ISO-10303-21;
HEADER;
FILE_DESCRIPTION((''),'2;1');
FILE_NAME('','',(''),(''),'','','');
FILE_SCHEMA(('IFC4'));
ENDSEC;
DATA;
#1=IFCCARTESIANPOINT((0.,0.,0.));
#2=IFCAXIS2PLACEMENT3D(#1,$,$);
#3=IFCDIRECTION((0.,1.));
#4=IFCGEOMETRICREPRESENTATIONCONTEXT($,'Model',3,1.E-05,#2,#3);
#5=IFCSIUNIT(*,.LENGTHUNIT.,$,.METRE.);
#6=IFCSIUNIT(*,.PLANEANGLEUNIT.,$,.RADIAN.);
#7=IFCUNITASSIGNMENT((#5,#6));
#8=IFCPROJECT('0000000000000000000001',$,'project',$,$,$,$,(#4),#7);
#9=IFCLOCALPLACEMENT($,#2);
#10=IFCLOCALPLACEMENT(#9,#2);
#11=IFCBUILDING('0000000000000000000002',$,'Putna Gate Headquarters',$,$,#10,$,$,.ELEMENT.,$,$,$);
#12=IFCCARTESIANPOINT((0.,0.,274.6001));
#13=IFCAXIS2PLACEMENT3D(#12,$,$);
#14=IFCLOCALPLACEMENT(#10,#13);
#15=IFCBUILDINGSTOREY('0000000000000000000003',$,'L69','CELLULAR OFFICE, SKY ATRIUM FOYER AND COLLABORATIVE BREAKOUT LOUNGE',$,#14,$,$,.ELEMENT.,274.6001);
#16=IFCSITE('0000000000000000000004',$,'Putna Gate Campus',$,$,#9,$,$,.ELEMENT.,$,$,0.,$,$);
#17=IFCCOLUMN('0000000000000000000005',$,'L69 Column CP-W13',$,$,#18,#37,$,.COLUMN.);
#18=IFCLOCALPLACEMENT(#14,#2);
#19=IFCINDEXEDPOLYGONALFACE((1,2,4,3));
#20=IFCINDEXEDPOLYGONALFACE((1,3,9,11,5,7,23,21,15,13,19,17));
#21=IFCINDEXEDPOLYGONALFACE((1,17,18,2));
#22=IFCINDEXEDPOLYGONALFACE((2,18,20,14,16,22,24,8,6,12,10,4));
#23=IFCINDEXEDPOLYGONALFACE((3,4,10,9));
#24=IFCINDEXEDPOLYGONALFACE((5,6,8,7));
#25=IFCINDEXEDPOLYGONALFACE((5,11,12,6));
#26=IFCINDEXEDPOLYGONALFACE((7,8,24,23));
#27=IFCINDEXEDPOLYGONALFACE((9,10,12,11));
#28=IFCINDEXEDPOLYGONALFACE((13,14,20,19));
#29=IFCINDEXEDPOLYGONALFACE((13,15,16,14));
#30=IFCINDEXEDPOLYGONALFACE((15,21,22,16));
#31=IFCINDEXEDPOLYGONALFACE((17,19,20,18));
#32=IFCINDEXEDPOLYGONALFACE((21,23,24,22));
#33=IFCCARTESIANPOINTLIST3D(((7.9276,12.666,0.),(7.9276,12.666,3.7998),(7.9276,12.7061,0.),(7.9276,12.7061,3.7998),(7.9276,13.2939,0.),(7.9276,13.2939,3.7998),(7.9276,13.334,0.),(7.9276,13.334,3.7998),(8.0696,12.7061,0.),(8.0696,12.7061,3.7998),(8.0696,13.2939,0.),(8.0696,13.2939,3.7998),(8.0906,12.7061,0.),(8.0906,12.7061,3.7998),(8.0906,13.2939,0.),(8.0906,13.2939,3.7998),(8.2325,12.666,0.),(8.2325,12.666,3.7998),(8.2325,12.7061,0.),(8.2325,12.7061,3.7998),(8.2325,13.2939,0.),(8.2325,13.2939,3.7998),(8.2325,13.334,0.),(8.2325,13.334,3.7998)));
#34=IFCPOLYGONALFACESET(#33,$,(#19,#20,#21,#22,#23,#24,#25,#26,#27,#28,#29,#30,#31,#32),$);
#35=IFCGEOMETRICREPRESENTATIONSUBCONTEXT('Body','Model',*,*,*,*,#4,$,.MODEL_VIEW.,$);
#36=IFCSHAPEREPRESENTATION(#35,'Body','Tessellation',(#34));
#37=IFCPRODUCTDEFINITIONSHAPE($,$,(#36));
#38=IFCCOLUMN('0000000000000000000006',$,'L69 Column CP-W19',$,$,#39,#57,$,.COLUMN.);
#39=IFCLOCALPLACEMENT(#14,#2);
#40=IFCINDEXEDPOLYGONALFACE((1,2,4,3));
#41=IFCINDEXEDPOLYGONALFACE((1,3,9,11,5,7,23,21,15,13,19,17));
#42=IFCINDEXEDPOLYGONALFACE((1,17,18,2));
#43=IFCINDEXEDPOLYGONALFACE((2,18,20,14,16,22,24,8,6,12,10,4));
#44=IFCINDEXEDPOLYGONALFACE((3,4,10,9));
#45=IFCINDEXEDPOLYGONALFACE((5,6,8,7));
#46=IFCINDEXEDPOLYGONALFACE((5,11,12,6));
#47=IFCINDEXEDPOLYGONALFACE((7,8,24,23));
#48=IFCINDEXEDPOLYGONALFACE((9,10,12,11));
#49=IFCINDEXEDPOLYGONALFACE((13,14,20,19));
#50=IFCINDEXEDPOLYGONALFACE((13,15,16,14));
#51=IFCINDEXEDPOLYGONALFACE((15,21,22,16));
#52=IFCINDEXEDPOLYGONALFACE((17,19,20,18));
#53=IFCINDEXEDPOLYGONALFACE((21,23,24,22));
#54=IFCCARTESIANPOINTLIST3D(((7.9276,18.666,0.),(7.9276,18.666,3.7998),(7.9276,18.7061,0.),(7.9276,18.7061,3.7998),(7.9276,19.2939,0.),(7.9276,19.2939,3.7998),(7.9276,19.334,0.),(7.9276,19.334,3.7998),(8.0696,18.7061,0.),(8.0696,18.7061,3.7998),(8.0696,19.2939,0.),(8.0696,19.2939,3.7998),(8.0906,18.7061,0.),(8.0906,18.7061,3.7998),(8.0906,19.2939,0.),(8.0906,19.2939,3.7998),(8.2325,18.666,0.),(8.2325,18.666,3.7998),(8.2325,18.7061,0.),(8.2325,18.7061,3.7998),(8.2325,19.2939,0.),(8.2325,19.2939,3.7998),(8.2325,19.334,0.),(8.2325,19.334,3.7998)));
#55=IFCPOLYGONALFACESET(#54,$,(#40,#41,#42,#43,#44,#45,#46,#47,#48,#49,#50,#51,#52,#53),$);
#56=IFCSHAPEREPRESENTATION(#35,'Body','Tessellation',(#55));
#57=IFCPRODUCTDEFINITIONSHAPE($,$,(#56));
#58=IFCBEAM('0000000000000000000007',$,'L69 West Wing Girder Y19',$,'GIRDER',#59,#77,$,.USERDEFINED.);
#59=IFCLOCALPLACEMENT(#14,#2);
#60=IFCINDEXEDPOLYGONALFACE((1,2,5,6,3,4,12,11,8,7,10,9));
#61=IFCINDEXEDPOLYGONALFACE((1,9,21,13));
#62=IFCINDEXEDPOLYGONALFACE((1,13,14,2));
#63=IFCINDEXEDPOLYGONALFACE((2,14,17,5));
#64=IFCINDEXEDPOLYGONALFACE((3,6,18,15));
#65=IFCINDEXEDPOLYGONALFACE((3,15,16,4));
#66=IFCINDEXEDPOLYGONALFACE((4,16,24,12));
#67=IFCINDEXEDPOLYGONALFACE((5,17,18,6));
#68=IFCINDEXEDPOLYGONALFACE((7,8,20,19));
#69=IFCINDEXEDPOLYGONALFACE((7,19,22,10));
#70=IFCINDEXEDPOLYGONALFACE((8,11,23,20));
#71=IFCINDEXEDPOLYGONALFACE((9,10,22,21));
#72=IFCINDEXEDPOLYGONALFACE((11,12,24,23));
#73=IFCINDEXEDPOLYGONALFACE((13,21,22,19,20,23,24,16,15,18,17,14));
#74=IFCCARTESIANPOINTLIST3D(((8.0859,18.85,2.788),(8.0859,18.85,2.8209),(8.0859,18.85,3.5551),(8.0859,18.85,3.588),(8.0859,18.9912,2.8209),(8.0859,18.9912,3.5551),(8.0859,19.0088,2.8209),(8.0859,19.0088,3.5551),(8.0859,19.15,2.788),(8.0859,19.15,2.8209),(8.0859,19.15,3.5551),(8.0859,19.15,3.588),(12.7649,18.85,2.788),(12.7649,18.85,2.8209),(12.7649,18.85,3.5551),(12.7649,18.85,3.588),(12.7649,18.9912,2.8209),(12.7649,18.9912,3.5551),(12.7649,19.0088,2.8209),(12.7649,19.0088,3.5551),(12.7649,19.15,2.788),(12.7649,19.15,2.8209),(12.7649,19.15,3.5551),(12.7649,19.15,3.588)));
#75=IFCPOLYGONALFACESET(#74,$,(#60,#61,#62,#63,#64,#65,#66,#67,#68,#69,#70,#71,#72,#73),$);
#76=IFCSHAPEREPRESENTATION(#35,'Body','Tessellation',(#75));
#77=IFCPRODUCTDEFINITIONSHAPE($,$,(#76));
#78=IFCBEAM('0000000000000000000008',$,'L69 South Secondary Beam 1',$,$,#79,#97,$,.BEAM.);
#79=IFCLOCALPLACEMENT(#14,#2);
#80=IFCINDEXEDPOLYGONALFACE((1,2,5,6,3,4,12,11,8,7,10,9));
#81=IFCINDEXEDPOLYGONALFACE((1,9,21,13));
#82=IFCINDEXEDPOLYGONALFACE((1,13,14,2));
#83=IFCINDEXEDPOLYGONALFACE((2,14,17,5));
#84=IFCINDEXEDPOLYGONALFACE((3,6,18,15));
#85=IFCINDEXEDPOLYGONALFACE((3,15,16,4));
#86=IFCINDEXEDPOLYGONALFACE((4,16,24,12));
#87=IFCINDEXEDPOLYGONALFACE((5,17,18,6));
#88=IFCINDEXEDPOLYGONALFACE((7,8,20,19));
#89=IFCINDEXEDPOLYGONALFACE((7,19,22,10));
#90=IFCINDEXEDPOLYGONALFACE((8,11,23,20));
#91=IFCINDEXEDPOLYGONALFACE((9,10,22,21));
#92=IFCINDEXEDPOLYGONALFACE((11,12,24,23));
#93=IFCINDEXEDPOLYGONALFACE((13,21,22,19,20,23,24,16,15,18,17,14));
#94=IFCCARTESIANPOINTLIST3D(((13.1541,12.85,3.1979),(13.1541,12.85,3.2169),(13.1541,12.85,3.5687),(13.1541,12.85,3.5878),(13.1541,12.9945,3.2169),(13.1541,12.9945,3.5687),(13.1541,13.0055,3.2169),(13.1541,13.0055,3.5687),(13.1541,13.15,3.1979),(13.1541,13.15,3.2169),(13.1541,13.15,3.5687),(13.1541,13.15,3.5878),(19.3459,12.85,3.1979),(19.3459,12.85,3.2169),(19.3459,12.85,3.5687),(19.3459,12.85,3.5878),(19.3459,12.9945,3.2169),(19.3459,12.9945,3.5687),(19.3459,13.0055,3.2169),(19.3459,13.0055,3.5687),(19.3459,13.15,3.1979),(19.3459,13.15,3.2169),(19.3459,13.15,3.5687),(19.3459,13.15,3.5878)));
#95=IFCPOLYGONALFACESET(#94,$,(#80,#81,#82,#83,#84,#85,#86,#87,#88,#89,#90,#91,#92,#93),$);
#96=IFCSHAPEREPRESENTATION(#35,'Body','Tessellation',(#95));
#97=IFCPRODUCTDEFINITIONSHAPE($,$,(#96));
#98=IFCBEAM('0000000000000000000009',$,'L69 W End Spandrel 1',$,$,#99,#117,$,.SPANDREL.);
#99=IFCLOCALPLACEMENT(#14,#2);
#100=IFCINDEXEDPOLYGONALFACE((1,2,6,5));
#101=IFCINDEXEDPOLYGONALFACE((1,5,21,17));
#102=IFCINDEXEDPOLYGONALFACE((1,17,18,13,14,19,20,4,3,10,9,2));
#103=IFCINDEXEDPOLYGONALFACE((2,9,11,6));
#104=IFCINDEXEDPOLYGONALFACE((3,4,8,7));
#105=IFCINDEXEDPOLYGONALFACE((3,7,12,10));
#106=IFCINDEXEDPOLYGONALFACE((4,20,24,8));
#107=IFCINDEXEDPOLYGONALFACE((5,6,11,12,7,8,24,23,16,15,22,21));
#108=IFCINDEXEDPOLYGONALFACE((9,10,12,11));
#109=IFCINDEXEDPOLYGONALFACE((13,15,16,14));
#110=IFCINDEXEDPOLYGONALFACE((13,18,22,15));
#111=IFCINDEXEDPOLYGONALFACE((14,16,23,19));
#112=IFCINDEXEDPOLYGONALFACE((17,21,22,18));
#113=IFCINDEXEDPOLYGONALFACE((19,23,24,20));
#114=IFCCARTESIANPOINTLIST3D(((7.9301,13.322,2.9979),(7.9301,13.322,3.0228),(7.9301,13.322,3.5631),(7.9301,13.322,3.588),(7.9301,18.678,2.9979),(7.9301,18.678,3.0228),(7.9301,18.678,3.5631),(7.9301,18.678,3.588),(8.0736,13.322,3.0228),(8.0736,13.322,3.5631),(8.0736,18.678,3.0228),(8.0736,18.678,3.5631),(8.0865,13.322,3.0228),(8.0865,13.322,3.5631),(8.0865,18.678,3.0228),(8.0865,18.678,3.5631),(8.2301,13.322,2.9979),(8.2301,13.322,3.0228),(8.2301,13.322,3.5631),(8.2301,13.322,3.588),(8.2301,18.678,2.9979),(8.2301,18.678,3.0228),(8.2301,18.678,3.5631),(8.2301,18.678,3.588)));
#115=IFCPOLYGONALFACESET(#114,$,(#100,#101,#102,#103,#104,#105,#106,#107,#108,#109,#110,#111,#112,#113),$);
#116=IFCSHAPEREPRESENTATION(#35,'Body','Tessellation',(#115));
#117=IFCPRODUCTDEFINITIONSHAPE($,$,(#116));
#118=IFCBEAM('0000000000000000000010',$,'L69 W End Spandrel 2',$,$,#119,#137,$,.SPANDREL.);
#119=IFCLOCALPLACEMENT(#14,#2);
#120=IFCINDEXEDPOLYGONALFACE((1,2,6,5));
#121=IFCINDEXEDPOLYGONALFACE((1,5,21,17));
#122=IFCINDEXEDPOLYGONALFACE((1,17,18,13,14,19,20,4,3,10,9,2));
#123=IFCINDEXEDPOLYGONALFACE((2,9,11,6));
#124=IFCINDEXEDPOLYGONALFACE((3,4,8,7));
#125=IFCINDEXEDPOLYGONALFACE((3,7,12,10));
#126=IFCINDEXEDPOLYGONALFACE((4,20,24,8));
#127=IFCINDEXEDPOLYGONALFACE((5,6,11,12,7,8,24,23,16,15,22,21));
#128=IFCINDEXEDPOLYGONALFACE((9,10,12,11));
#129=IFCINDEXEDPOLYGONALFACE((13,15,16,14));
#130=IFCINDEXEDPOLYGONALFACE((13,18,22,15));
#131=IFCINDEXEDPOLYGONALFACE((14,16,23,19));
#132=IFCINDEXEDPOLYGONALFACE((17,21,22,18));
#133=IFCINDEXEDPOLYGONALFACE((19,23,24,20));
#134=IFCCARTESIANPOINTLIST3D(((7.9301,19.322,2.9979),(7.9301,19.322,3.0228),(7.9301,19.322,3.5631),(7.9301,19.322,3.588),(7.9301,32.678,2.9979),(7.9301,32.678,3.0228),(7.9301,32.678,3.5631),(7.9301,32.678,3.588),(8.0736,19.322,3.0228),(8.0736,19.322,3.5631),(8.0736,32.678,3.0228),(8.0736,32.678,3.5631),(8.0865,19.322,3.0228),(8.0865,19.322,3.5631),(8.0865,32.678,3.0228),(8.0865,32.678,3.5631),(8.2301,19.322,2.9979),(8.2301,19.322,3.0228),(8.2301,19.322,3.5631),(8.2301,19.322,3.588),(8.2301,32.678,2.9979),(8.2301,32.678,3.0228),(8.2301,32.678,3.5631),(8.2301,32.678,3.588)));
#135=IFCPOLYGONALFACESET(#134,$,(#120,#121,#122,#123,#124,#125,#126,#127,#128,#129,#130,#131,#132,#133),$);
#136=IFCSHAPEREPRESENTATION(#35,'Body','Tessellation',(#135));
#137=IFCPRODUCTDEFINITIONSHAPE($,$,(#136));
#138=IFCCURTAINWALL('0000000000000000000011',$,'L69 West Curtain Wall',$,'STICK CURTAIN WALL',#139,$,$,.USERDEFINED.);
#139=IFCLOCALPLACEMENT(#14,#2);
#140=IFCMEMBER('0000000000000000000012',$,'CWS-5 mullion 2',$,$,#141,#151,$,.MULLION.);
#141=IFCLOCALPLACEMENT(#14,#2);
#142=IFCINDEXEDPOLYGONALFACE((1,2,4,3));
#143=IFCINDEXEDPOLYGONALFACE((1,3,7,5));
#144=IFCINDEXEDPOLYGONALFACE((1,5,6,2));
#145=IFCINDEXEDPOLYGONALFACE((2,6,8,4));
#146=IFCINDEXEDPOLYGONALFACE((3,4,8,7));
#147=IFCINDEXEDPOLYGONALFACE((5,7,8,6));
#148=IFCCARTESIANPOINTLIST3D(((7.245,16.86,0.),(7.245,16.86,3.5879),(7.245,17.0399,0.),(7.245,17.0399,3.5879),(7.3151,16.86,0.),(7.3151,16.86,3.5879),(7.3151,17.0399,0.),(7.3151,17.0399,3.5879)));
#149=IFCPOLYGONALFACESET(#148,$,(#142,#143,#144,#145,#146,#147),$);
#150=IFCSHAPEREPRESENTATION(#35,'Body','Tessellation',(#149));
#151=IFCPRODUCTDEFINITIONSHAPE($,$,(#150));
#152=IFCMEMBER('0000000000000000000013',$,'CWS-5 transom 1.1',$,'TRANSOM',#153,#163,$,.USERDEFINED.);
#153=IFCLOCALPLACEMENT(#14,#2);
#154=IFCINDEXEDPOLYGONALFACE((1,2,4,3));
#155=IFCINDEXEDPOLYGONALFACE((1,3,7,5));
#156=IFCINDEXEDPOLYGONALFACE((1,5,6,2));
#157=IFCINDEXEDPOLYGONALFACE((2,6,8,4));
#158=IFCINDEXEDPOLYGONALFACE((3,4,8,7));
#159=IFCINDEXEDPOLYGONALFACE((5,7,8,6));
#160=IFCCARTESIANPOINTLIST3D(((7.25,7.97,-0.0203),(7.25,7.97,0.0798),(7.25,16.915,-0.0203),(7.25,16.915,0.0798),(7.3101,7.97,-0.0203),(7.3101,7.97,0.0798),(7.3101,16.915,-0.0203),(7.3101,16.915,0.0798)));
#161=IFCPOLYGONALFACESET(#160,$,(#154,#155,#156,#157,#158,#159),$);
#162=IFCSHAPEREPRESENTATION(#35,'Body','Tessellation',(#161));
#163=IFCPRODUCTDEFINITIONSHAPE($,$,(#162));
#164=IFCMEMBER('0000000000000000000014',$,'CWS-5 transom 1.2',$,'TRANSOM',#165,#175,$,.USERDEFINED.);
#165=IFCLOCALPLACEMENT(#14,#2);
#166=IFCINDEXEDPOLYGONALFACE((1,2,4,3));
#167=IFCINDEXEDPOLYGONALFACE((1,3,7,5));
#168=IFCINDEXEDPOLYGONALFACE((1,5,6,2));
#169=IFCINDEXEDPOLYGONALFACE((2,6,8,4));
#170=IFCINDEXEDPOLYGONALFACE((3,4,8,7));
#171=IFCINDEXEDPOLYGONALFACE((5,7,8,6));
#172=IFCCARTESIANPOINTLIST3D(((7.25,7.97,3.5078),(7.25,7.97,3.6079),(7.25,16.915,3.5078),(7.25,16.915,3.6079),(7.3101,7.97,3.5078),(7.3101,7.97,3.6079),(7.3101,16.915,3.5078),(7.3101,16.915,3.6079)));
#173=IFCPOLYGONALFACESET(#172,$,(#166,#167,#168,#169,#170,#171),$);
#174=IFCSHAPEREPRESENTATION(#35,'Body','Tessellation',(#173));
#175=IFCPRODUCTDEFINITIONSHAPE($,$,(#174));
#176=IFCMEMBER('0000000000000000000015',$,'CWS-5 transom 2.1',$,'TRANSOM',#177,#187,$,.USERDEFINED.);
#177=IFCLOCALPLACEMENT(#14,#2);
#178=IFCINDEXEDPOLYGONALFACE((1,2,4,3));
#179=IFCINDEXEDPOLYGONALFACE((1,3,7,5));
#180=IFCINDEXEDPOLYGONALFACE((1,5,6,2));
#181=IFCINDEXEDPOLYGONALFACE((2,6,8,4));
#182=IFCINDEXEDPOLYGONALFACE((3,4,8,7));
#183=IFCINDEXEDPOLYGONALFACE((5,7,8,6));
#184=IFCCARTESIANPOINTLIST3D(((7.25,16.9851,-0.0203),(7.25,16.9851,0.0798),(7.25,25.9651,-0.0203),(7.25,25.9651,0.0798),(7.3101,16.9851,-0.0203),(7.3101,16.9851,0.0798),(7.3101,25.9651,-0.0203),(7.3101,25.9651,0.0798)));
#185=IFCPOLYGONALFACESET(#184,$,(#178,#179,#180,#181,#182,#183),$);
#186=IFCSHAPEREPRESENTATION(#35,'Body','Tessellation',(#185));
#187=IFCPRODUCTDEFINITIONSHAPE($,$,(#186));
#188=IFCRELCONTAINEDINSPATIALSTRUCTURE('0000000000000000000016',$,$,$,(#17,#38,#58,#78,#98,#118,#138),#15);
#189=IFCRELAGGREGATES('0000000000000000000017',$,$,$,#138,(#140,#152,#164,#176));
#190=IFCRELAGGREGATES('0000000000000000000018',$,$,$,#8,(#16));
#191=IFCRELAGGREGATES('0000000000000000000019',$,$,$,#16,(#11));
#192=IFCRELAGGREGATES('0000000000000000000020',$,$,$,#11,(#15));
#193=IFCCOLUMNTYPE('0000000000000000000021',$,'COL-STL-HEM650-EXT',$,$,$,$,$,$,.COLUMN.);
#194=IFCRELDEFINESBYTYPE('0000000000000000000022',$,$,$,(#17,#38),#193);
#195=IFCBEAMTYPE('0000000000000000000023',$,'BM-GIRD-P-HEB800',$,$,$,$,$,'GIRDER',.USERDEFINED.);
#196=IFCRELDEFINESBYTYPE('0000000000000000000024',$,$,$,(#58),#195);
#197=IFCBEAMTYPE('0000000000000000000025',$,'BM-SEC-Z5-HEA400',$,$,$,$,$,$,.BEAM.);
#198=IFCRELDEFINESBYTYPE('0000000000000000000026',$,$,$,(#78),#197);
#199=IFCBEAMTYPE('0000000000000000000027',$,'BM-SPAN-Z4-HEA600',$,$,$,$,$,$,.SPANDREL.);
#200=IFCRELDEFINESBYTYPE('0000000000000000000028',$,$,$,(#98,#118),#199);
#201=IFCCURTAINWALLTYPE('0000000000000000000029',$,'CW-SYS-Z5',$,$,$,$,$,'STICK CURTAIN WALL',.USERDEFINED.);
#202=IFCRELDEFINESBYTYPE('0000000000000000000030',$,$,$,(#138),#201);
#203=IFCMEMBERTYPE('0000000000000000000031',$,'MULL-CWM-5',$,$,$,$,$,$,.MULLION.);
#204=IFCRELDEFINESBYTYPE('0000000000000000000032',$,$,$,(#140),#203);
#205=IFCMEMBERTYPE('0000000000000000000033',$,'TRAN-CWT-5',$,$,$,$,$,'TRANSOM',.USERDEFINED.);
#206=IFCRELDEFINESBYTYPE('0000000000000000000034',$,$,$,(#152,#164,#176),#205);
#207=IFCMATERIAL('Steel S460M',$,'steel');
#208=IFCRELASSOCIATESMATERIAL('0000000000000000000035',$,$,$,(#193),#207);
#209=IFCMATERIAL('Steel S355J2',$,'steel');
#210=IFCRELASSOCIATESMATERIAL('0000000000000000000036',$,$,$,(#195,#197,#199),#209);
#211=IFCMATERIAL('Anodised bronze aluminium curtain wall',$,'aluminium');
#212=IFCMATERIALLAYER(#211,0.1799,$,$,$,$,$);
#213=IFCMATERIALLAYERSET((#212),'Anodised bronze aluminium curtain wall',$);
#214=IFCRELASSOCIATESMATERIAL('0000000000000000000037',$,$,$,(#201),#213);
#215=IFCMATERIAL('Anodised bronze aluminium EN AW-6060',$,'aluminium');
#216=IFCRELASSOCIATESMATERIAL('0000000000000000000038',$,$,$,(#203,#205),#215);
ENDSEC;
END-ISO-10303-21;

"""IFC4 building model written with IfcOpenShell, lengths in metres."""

from ifc_helpers import new_model, si_unit, direction, frame, origin, origin_2d, place, context, subcontext, project, spatial, rectangle, i_section, extrude, material, layer, layer_set, material_profile, profile_set, type_object, element, aggregate, save


model = new_model("IFC4")

# Units and contexts
model_context = context("Model", 3, precision=1e-05, world=origin(), true_north=direction((0.0, 1.0)))
body_context = subcontext(model_context, "Body", "Model", "MODEL_VIEW")
ifc_project = project(units=[si_unit("LENGTHUNIT", "METRE"), si_unit("PLANEANGLEUNIT", "RADIAN")], contexts=[model_context])

# Site, building, storey
site_placement = place(None, origin())
site = spatial("IfcSite", under=ifc_project, at=site_placement, Name="Putna Gate Campus", CompositionType="ELEMENT", RefElevation=0.0)
building_placement = place(site_placement, origin())
building = spatial("IfcBuilding", under=site, at=building_placement, Name="Putna Gate Headquarters", CompositionType="ELEMENT")
storey_placement = place(building_placement, frame((0.0, 0.0, 274.6001)))
storey = spatial("IfcBuildingStorey", under=building, at=storey_placement, Name="L69", Description="CELLULAR OFFICE, SKY ATRIUM FOYER AND COLLABORATIVE BREAKOUT LOUNGE", CompositionType="ELEMENT", Elevation=274.6001)

# Columns
ifc_material_1 = material(Name="Steel S460M", Category="steel")
ifc_material_profile_1 = material_profile(ifc_material_1, i_section(OverallWidth=0.3049, OverallDepth=0.668, WebThickness=0.021, FlangeThickness=0.04, at=origin_2d()), Name="Steel S460M")
ifc_profile_set_1 = profile_set([ifc_material_profile_1], Name="Steel S460M")
column_type = type_object("IfcColumnType", Name="COL-STL-HEM650-EXT", PredefinedType="COLUMN", material=ifc_profile_set_1)
for number, where, z_axis, x_axis, name in (
    (1, (8.0801, 13.0, 0.0), (0.0, 0.0, 1.0), (1.0, 0.0, 0.0), "L69 Column CP-W13"),
    (2, (8.0801, 19.0, 0.0), (0.0, 0.0, 1.0), (1.0, 0.0, 0.0), "L69 Column CP-W19"),
):
    element("IfcColumn", number, at=place(storey_placement, frame(where, z_axis=z_axis, x_axis=x_axis)), inside=storey, type_object=column_type, Name=name, PredefinedType="COLUMN", context=body_context, shape_type="SweptSolid", body=[
        extrude(i_section(OverallWidth=0.3049, OverallDepth=0.668, WebThickness=0.021, FlangeThickness=0.04, at=origin_2d()), origin(), (0.0, 0.0, 1.0), 3.7998),
    ])

# Beams
ifc_material_2 = material(Name="Steel S355J2", Category="steel")
ifc_material_profile_2 = material_profile(ifc_material_2, i_section(OverallWidth=0.3, OverallDepth=0.8, WebThickness=0.0176, FlangeThickness=0.033, at=origin_2d()), Name="Steel S355J2")
ifc_profile_set_2 = profile_set([ifc_material_profile_2], Name="Steel S355J2")
beam_type_1 = type_object("IfcBeamType", Name="BM-GIRD-P-HEB800", ElementType="GIRDER", PredefinedType="USERDEFINED", material=ifc_profile_set_2)
beam_1_placement = place(storey_placement, frame((8.0859, 19.0, 3.188), z_axis=(1.0, 0.0, 0.0), x_axis=(0.0, 1.0, 0.0)))
element("IfcBeam", 3, at=beam_1_placement, inside=storey, type_object=beam_type_1, Name="L69 West Wing Girder Y19", ObjectType="GIRDER", PredefinedType="USERDEFINED", context=body_context, shape_type="SweptSolid", body=[
    extrude(i_section(OverallWidth=0.3, OverallDepth=0.8, WebThickness=0.0176, FlangeThickness=0.033, at=origin_2d()), origin(), (0.0, 0.0, 1.0), 4.679),
])
ifc_material_profile_3 = material_profile(ifc_material_2, i_section(OverallWidth=0.3, OverallDepth=0.3899, WebThickness=0.011, FlangeThickness=0.019, at=origin_2d()), Name="Steel S355J2")
ifc_profile_set_3 = profile_set([ifc_material_profile_3], Name="Steel S355J2")
beam_type_2 = type_object("IfcBeamType", Name="BM-SEC-Z5-HEA400", PredefinedType="BEAM", material=ifc_profile_set_3)
beam_2_placement = place(storey_placement, frame((13.1541, 13.0, 3.3928), z_axis=(1.0, 0.0, 0.0), x_axis=(0.0, 1.0, 0.0)))
element("IfcBeam", 4, at=beam_2_placement, inside=storey, type_object=beam_type_2, Name="L69 South Secondary Beam 1", PredefinedType="BEAM", context=body_context, shape_type="SweptSolid", body=[
    extrude(i_section(OverallWidth=0.3, OverallDepth=0.3899, WebThickness=0.011, FlangeThickness=0.019, at=origin_2d()), origin(), (0.0, 0.0, 1.0), 6.1919),
])
ifc_material_profile_4 = material_profile(ifc_material_2, i_section(OverallWidth=0.3, OverallDepth=0.5901, WebThickness=0.0129, FlangeThickness=0.0249, at=origin_2d()), Name="Steel S355J2")
ifc_profile_set_4 = profile_set([ifc_material_profile_4], Name="Steel S355J2")
beam_type_3 = type_object("IfcBeamType", Name="BM-SPAN-Z4-HEA600", PredefinedType="SPANDREL", material=ifc_profile_set_4)
beam_3_placement = place(storey_placement, frame((8.0801, 13.322, 3.293), z_axis=(0.0, 1.0, 0.0), x_axis=(-1.0, 0.0, 0.0)))
element("IfcBeam", 5, at=beam_3_placement, inside=storey, type_object=beam_type_3, Name="L69 W End Spandrel 1", PredefinedType="SPANDREL", context=body_context, shape_type="SweptSolid", body=[
    extrude(i_section(OverallWidth=0.3, OverallDepth=0.5901, WebThickness=0.0129, FlangeThickness=0.0249, at=origin_2d()), origin(), (0.0, 0.0, 1.0), 5.356),
])
beam_4_placement = place(storey_placement, frame((8.0801, 19.322, 3.293), z_axis=(0.0, 1.0, 0.0), x_axis=(-1.0, 0.0, 0.0)))
element("IfcBeam", 6, at=beam_4_placement, inside=storey, type_object=beam_type_3, Name="L69 W End Spandrel 2", PredefinedType="SPANDREL", context=body_context, shape_type="SweptSolid", body=[
    extrude(i_section(OverallWidth=0.3, OverallDepth=0.5901, WebThickness=0.0129, FlangeThickness=0.0249, at=origin_2d()), origin(), (0.0, 0.0, 1.0), 13.356),
])

# Curtain wall, members
ifc_material_3 = material(Name="Anodised bronze aluminium curtain wall", Category="aluminium")
ifc_layer_1 = layer(ifc_material_3, 0.1799)
ifc_layer_set_1 = layer_set([ifc_layer_1], Name="Anodised bronze aluminium curtain wall")
curtain_wall_type = type_object("IfcCurtainWallType", Name="CW-SYS-Z5", ElementType="STICK CURTAIN WALL", PredefinedType="USERDEFINED", material=ifc_layer_set_1)
curtain_wall_placement = place(storey_placement, origin())
curtain_wall = element("IfcCurtainWall", 7, at=curtain_wall_placement, inside=storey, type_object=curtain_wall_type, Name="L69 West Curtain Wall", ObjectType="STICK CURTAIN WALL", PredefinedType="USERDEFINED")
ifc_material_4 = material(Name="Anodised bronze aluminium EN AW-6060", Category="aluminium")
ifc_material_profile_5 = material_profile(ifc_material_4, rectangle(XDim=0.0701, YDim=0.1799, at=origin_2d()), Name="Anodised bronze aluminium EN AW-6060")
ifc_profile_set_5 = profile_set([ifc_material_profile_5], Name="Anodised bronze aluminium EN AW-6060")
member_type_1 = type_object("IfcMemberType", Name="MULL-CWM-5", PredefinedType="MULLION", material=ifc_profile_set_5)
member_1_placement = place(storey_placement, frame((7.28, 16.95, 0.0), z_axis=(0.0, 0.0, 1.0), x_axis=(-1.0, 0.0, 0.0)))
member_1 = element("IfcMember", 8, at=member_1_placement, type_object=member_type_1, Name="CWS-5 mullion 2", PredefinedType="MULLION", context=body_context, shape_type="SweptSolid", body=[
    extrude(rectangle(XDim=0.0701, YDim=0.1799, at=origin_2d()), origin(), (0.0, 0.0, 1.0), 3.5879),
])
ifc_material_profile_6 = material_profile(ifc_material_4, rectangle(XDim=0.0601, YDim=0.1001, at=origin_2d()), Name="Anodised bronze aluminium EN AW-6060")
ifc_profile_set_6 = profile_set([ifc_material_profile_6], Name="Anodised bronze aluminium EN AW-6060")
member_type_2 = type_object("IfcMemberType", Name="TRAN-CWT-5", ElementType="TRANSOM", PredefinedType="USERDEFINED", material=ifc_profile_set_6)
member_2_placement = place(storey_placement, frame((7.28, 7.97, 0.0298), z_axis=(0.0, 1.0, 0.0), x_axis=(-1.0, 0.0, 0.0)))
member_2 = element("IfcMember", 9, at=member_2_placement, type_object=member_type_2, Name="CWS-5 transom 1.1", ObjectType="TRANSOM", PredefinedType="USERDEFINED", context=body_context, shape_type="SweptSolid", body=[
    extrude(rectangle(XDim=0.0601, YDim=0.1001, at=origin_2d()), origin(), (0.0, 0.0, 1.0), 8.9451),
])
member_3_placement = place(storey_placement, frame((7.28, 7.97, 3.5579), z_axis=(0.0, 1.0, 0.0), x_axis=(-1.0, 0.0, 0.0)))
member_3 = element("IfcMember", 10, at=member_3_placement, type_object=member_type_2, Name="CWS-5 transom 1.2", ObjectType="TRANSOM", PredefinedType="USERDEFINED", context=body_context, shape_type="SweptSolid", body=[
    extrude(rectangle(XDim=0.0601, YDim=0.1001, at=origin_2d()), origin(), (0.0, 0.0, 1.0), 8.9451),
])
member_4_placement = place(storey_placement, frame((7.28, 16.9851, 0.0298), z_axis=(0.0, 1.0, 0.0), x_axis=(-1.0, 0.0, 0.0)))
member_4 = element("IfcMember", 11, at=member_4_placement, type_object=member_type_2, Name="CWS-5 transom 2.1", ObjectType="TRANSOM", PredefinedType="USERDEFINED", context=body_context, shape_type="SweptSolid", body=[
    extrude(rectangle(XDim=0.0601, YDim=0.1001, at=origin_2d()), origin(), (0.0, 0.0, 1.0), 8.98),
])
aggregate(curtain_wall, [member_1, member_2, member_3, member_4])

save(model, "model.ifc")
